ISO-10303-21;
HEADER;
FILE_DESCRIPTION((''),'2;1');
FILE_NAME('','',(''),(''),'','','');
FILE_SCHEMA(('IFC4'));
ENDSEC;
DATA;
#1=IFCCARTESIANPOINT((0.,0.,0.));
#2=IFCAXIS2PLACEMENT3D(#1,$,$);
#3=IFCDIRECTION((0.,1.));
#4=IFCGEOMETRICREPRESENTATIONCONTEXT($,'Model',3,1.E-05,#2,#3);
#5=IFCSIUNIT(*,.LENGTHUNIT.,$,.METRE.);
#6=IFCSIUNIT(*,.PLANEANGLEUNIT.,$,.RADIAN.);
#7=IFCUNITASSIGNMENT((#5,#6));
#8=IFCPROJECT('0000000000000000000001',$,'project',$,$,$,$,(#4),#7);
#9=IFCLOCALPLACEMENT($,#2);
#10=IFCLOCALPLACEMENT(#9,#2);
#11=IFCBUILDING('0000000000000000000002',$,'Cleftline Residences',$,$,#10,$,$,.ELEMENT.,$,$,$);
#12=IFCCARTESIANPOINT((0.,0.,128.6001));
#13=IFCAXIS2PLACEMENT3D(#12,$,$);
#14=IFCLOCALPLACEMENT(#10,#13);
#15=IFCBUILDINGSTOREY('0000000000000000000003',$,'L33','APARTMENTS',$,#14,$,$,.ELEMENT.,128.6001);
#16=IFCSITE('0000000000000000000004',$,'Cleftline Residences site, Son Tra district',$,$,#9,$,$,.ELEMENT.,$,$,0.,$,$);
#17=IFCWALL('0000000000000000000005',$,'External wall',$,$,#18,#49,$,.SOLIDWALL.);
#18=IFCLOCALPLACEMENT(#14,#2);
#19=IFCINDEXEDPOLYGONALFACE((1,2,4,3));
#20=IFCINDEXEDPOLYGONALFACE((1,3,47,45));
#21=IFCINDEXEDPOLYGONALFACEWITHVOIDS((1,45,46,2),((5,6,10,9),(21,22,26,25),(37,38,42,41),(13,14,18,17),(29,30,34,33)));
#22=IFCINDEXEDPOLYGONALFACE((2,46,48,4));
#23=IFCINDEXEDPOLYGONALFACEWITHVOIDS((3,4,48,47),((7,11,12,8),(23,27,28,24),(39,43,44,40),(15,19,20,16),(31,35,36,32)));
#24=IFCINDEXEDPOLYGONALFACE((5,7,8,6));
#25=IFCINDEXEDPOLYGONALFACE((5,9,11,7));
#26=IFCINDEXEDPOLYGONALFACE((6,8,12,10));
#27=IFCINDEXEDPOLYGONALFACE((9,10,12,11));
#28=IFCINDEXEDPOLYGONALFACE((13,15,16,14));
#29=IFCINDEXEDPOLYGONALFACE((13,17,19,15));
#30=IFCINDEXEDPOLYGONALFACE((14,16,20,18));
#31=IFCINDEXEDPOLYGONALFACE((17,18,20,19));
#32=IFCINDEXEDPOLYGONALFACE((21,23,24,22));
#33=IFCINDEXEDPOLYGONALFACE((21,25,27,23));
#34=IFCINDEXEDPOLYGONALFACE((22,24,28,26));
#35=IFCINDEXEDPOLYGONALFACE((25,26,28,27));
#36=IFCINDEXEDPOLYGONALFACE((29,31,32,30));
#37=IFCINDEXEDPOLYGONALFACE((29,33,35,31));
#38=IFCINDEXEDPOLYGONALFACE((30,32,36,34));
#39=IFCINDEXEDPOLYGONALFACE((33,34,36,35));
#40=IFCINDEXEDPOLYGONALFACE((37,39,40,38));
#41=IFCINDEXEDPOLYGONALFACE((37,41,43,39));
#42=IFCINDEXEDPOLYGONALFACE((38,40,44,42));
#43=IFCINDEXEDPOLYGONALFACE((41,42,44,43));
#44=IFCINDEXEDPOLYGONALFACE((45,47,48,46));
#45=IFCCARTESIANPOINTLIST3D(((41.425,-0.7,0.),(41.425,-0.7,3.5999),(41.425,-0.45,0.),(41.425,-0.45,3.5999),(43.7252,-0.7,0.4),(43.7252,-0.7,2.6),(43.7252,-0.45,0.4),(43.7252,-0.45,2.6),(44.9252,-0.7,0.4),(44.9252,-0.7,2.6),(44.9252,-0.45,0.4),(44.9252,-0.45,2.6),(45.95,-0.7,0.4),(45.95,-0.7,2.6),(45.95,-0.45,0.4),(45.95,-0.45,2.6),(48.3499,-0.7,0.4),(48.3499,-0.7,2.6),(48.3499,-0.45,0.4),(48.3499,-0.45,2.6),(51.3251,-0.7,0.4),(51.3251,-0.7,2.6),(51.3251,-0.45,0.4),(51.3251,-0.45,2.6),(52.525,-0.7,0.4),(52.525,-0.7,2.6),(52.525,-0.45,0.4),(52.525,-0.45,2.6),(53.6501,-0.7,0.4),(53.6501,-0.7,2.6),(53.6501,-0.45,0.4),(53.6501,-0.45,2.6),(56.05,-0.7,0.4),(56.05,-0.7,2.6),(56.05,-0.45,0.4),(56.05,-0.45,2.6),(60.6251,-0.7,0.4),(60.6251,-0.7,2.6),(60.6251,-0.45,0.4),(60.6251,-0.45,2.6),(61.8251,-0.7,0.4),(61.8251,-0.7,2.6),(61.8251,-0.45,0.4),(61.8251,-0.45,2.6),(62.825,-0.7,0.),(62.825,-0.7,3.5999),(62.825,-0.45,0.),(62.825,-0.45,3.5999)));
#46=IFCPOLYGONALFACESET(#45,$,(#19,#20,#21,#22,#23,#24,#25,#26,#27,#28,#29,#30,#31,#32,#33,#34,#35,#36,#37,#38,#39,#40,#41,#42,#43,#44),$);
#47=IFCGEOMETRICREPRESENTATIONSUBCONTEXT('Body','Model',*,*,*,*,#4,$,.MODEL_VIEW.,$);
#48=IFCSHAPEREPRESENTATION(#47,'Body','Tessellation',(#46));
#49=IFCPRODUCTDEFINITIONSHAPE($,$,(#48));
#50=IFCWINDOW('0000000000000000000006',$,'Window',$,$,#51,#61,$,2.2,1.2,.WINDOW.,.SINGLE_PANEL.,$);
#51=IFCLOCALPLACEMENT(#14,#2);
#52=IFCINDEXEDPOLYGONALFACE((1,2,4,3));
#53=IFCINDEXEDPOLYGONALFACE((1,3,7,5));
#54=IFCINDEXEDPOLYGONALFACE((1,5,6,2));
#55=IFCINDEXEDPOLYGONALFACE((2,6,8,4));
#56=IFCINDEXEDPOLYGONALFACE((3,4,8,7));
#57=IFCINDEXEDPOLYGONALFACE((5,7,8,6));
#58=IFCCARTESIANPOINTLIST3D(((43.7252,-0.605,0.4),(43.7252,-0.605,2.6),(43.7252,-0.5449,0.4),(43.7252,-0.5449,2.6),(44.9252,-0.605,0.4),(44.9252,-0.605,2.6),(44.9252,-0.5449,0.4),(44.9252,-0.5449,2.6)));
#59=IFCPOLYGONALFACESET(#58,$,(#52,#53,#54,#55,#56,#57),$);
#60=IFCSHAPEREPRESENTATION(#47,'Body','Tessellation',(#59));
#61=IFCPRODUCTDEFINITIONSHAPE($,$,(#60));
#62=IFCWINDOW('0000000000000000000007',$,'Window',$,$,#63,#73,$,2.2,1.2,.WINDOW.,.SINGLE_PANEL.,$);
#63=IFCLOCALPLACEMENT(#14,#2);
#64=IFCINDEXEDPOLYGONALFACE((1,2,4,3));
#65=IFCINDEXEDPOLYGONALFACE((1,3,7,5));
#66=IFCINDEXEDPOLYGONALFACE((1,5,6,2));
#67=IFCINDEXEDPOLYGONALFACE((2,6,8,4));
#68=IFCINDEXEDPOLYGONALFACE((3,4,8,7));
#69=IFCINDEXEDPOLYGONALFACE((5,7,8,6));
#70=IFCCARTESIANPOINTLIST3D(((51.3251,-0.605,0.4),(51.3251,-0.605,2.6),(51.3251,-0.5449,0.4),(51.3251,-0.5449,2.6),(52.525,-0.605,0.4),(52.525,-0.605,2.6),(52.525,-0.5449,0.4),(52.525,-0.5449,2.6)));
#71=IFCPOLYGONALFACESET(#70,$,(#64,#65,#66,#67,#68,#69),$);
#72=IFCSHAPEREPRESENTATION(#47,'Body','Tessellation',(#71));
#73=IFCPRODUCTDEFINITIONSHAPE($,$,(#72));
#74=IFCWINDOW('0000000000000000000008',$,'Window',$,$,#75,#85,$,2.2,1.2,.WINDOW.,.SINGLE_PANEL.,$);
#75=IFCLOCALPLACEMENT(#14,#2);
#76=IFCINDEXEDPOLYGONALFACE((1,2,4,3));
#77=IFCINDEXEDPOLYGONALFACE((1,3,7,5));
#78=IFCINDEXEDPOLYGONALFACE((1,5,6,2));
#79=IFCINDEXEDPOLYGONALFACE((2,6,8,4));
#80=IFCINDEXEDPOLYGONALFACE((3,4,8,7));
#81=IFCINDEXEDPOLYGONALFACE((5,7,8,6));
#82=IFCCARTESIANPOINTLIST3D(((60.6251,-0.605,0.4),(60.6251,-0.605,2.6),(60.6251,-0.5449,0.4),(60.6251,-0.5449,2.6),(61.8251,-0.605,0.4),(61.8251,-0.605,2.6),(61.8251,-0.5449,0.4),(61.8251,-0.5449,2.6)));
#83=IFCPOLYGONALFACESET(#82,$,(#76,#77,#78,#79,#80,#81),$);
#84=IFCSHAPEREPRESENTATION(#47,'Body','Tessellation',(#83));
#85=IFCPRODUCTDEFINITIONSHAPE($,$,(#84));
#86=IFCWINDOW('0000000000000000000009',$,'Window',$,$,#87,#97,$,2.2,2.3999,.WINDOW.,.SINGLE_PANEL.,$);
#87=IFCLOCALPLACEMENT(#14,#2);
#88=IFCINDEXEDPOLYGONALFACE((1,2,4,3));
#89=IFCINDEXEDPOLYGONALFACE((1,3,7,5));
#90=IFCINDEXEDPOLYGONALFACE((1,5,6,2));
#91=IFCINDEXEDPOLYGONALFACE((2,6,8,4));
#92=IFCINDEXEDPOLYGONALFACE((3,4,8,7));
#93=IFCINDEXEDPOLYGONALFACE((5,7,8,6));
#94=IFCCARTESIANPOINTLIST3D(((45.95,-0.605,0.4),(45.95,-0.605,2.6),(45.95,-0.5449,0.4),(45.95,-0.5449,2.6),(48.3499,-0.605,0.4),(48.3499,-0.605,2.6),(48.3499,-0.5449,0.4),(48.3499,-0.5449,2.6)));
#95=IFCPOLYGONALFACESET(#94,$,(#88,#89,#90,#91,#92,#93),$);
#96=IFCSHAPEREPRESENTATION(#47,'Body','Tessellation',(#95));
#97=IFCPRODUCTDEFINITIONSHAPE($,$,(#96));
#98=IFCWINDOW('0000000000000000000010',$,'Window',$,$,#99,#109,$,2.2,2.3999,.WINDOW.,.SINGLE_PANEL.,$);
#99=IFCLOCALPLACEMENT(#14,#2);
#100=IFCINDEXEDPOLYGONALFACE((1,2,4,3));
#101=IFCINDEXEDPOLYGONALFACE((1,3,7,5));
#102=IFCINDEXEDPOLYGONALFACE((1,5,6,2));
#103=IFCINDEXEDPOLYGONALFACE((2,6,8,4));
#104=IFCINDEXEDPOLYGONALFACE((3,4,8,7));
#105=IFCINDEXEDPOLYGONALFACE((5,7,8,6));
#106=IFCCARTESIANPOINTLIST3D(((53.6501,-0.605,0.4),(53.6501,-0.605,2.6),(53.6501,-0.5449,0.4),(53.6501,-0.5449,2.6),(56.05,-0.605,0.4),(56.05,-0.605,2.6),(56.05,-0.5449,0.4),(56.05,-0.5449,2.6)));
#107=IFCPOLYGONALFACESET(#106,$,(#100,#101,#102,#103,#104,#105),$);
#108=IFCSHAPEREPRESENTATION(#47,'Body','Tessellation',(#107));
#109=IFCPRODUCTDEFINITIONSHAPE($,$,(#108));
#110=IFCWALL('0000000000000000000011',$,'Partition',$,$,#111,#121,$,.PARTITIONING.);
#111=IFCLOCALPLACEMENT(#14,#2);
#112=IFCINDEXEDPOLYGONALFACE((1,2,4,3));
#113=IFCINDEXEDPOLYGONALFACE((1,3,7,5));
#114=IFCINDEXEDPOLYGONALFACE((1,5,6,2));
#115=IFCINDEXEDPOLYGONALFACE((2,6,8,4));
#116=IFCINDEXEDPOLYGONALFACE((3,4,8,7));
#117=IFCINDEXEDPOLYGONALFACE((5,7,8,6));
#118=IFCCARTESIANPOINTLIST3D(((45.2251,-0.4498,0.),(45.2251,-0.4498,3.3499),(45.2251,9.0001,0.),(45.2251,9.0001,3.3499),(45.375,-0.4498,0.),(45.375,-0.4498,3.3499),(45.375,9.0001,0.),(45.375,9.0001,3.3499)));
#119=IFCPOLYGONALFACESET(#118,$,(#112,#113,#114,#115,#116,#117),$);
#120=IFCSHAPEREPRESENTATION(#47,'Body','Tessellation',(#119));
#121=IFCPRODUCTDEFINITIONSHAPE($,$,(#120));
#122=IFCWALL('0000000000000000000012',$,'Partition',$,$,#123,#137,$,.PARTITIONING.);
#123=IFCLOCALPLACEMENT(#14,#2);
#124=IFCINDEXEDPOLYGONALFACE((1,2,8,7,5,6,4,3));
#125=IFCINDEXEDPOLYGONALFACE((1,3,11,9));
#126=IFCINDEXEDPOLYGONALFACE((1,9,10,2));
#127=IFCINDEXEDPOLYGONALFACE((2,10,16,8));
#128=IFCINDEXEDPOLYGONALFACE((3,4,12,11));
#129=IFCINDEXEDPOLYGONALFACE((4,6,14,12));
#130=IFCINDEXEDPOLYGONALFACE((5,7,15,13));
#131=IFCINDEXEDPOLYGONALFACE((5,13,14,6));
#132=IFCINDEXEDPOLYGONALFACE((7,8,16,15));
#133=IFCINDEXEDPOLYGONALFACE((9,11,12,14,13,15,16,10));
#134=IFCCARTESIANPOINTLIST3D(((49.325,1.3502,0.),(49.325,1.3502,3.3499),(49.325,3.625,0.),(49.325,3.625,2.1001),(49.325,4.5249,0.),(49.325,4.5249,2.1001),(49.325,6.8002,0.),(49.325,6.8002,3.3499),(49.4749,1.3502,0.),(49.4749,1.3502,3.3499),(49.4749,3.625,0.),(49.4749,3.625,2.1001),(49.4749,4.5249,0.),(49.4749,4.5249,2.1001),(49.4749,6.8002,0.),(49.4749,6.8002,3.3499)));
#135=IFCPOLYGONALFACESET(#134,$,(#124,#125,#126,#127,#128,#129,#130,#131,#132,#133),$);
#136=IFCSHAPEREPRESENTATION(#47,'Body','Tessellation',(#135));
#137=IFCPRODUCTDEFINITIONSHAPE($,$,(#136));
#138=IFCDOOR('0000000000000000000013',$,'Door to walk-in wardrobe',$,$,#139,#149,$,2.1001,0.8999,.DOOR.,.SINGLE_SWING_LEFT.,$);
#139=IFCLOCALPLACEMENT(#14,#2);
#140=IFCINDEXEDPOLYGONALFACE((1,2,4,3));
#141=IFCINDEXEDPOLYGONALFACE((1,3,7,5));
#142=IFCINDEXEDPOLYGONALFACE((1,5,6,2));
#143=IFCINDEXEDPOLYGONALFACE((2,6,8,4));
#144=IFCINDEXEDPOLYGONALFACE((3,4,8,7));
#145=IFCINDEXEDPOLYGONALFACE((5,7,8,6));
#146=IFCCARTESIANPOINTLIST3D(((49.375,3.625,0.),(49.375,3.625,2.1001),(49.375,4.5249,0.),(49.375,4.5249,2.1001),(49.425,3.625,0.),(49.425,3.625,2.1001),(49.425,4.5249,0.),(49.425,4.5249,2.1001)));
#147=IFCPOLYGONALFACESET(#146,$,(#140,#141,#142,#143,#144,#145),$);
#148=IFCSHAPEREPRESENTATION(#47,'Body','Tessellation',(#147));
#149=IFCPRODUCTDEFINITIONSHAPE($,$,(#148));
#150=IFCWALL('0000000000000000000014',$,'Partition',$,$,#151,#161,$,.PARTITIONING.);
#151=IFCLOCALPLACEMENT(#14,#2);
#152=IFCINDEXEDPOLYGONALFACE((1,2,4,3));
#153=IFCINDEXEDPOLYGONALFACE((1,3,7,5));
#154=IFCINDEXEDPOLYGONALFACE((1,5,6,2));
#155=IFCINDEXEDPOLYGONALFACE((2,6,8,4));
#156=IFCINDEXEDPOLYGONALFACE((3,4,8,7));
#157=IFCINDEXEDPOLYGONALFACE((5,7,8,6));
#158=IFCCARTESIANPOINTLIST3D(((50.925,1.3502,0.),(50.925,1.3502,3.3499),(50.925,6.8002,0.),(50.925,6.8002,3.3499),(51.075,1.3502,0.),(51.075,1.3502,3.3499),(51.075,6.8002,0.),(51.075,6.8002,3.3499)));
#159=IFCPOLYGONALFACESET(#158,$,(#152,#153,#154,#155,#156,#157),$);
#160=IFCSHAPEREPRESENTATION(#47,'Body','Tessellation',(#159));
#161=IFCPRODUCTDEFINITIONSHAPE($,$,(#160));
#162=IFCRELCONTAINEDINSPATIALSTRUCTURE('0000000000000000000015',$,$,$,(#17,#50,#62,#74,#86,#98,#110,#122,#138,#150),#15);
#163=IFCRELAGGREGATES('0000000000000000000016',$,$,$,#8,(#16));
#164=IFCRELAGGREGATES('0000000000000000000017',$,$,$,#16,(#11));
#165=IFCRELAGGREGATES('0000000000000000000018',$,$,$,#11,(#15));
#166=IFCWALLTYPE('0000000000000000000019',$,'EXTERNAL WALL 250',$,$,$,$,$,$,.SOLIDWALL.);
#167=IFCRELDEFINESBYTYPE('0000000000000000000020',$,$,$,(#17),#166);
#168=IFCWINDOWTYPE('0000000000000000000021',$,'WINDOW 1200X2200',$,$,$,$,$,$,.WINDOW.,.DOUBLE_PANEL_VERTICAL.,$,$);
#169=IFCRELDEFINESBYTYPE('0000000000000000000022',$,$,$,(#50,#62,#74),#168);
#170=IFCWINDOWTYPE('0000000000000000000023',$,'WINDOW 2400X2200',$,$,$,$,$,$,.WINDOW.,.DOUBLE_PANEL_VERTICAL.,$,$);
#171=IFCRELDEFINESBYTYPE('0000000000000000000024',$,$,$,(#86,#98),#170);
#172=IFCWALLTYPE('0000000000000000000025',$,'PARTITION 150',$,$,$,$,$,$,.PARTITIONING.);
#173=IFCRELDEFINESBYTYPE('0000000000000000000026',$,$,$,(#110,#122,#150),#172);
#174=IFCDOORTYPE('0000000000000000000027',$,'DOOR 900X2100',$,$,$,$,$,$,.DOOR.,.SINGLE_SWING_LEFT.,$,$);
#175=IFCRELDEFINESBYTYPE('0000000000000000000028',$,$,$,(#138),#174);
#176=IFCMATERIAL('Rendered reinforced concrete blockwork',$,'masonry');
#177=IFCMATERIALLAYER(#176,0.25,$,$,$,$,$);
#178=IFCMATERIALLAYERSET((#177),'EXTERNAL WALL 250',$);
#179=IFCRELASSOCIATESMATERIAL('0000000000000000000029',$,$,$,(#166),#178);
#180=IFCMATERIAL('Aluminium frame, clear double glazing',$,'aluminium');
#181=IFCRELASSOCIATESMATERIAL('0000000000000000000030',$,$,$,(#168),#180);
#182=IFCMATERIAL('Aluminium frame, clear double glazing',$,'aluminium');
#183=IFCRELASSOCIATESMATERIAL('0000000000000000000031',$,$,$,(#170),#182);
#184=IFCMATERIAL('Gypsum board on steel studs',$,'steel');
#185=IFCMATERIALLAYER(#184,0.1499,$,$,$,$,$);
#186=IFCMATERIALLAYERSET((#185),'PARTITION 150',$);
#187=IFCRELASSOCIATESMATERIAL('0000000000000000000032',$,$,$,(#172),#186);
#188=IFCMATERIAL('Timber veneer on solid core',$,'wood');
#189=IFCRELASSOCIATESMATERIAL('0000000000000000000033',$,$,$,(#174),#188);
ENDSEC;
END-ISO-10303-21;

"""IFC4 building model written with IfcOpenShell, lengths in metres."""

from ifc_helpers import new_model, si_unit, direction, frame, frame_2d, origin, place, context, subcontext, project, spatial, rectangle, extrude, material, layer, layer_set, type_object, element, fill, save


model = new_model("IFC4")

# Units and contexts
model_context = context("Model", 3, precision=1e-05, world=origin(), true_north=direction((0.0, 1.0)))
body_context = subcontext(model_context, "Body", "Model", "MODEL_VIEW")
ifc_project = project(units=[si_unit("LENGTHUNIT", "METRE"), si_unit("PLANEANGLEUNIT", "RADIAN")], contexts=[model_context])

# Site, building, storey
site_placement = place(None, origin())
site = spatial("IfcSite", under=ifc_project, at=site_placement, Name="Cleftline Residences site, Son Tra district", CompositionType="ELEMENT", RefElevation=0.0)
building_placement = place(site_placement, origin())
building = spatial("IfcBuilding", under=site, at=building_placement, Name="Cleftline Residences", CompositionType="ELEMENT")
storey_placement = place(building_placement, frame((0.0, 0.0, 128.6001)))
storey = spatial("IfcBuildingStorey", under=building, at=storey_placement, Name="L33", Description="APARTMENTS", CompositionType="ELEMENT", Elevation=128.6001)

# Wall, openings, windows
ifc_material_1 = material(Name="Rendered reinforced concrete blockwork", Category="masonry")
ifc_layer_1 = layer(ifc_material_1, 0.25)
ifc_layer_set_1 = layer_set([ifc_layer_1], Name="EXTERNAL WALL 250")
wall_type_1 = type_object("IfcWallType", Name="EXTERNAL WALL 250", PredefinedType="SOLIDWALL", material=ifc_layer_set_1)
wall_1_placement = place(storey_placement, frame((41.425, -0.575, 0.0), z_axis=(0.0, 0.0, 1.0), x_axis=(1.0, 0.0, 0.0)))
wall_1 = element("IfcWall", 1, at=wall_1_placement, inside=storey, type_object=wall_type_1, Name="External wall", PredefinedType="SOLIDWALL", context=body_context, shape_type="SweptSolid", body=[
    extrude(rectangle(XDim=21.3999, YDim=0.25, at=frame_2d((10.7, 0.0))), origin(), (0.0, 0.0, 1.0), 3.5999),
])
opening_1_placement = place(wall_1_placement, frame((2.3, 0.0, 0.3999)))
opening_1 = element("IfcOpeningElement", 2, at=opening_1_placement, cuts=wall_1, PredefinedType="OPENING", context=body_context, shape_type="SweptSolid", body=[
    extrude(rectangle(XDim=1.2, YDim=2.2, at=frame_2d((0.6001, 1.1001))), frame((0.0, 0.135, 0.0), z_axis=(0.0, -1.0, 0.0), x_axis=(1.0, 0.0, 0.0)), (0.0, 0.0, 1.0), 0.27),
])
opening_2_placement = place(wall_1_placement, frame((4.5249, 0.0, 0.3999)))
opening_2 = element("IfcOpeningElement", 3, at=opening_2_placement, cuts=wall_1, PredefinedType="OPENING", context=body_context, shape_type="SweptSolid", body=[
    extrude(rectangle(XDim=2.3999, YDim=2.2, at=frame_2d((1.2, 1.1001))), frame((0.0, 0.135, 0.0), z_axis=(0.0, -1.0, 0.0), x_axis=(1.0, 0.0, 0.0)), (0.0, 0.0, 1.0), 0.27),
])
opening_3_placement = place(wall_1_placement, frame((9.8999, 0.0, 0.3999)))
opening_3 = element("IfcOpeningElement", 4, at=opening_3_placement, cuts=wall_1, PredefinedType="OPENING", context=body_context, shape_type="SweptSolid", body=[
    extrude(rectangle(XDim=1.2, YDim=2.2, at=frame_2d((0.6001, 1.1001))), frame((0.0, 0.135, 0.0), z_axis=(0.0, -1.0, 0.0), x_axis=(1.0, 0.0, 0.0)), (0.0, 0.0, 1.0), 0.27),
])
opening_4_placement = place(wall_1_placement, frame((12.2251, 0.0, 0.3999)))
opening_4 = element("IfcOpeningElement", 5, at=opening_4_placement, cuts=wall_1, PredefinedType="OPENING", context=body_context, shape_type="SweptSolid", body=[
    extrude(rectangle(XDim=2.3999, YDim=2.2, at=frame_2d((1.2, 1.1001))), frame((0.0, 0.135, 0.0), z_axis=(0.0, -1.0, 0.0), x_axis=(1.0, 0.0, 0.0)), (0.0, 0.0, 1.0), 0.27),
])
opening_5_placement = place(wall_1_placement, frame((19.2, 0.0, 0.3999)))
opening_5 = element("IfcOpeningElement", 6, at=opening_5_placement, cuts=wall_1, PredefinedType="OPENING", context=body_context, shape_type="SweptSolid", body=[
    extrude(rectangle(XDim=1.2, YDim=2.2, at=frame_2d((0.6001, 1.1001))), frame((0.0, 0.135, 0.0), z_axis=(0.0, -1.0, 0.0), x_axis=(1.0, 0.0, 0.0)), (0.0, 0.0, 1.0), 0.27),
])
ifc_material_2 = material(Name="Aluminium frame, clear double glazing", Category="aluminium")
window_type_1 = type_object("IfcWindowType", Name="WINDOW 1200X2200", PartitioningType="DOUBLE_PANEL_VERTICAL", PredefinedType="WINDOW", material=ifc_material_2)
window_1_placement = place(opening_1_placement, origin())
window_1 = element("IfcWindow", 7, at=window_1_placement, inside=storey, type_object=window_type_1, Name="Window", OverallHeight=2.2, OverallWidth=1.2, PartitioningType="SINGLE_PANEL", PredefinedType="WINDOW", context=body_context, shape_type="SweptSolid", body=[
    extrude(rectangle(XDim=1.2, YDim=2.2, at=frame_2d((0.6001, 1.1001))), frame((0.0, 0.03, 0.0), z_axis=(0.0, -1.0, 0.0), x_axis=(1.0, 0.0, 0.0)), (0.0, 0.0, 1.0), 0.0601),
])
fill(opening_1, window_1)
window_2_placement = place(opening_3_placement, origin())
window_2 = element("IfcWindow", 8, at=window_2_placement, inside=storey, type_object=window_type_1, Name="Window", OverallHeight=2.2, OverallWidth=1.2, PartitioningType="SINGLE_PANEL", PredefinedType="WINDOW", context=body_context, shape_type="SweptSolid", body=[
    extrude(rectangle(XDim=1.2, YDim=2.2, at=frame_2d((0.6001, 1.1001))), frame((0.0, 0.03, 0.0), z_axis=(0.0, -1.0, 0.0), x_axis=(1.0, 0.0, 0.0)), (0.0, 0.0, 1.0), 0.0601),
])
fill(opening_3, window_2)
window_3_placement = place(opening_5_placement, origin())
window_3 = element("IfcWindow", 9, at=window_3_placement, inside=storey, type_object=window_type_1, Name="Window", OverallHeight=2.2, OverallWidth=1.2, PartitioningType="SINGLE_PANEL", PredefinedType="WINDOW", context=body_context, shape_type="SweptSolid", body=[
    extrude(rectangle(XDim=1.2, YDim=2.2, at=frame_2d((0.6001, 1.1001))), frame((0.0, 0.03, 0.0), z_axis=(0.0, -1.0, 0.0), x_axis=(1.0, 0.0, 0.0)), (0.0, 0.0, 1.0), 0.0601),
])
fill(opening_5, window_3)
ifc_material_3 = material(Name="Aluminium frame, clear double glazing", Category="aluminium")
window_type_2 = type_object("IfcWindowType", Name="WINDOW 2400X2200", PartitioningType="DOUBLE_PANEL_VERTICAL", PredefinedType="WINDOW", material=ifc_material_3)
window_4_placement = place(opening_2_placement, origin())
window_4 = element("IfcWindow", 10, at=window_4_placement, inside=storey, type_object=window_type_2, Name="Window", OverallHeight=2.2, OverallWidth=2.3999, PartitioningType="SINGLE_PANEL", PredefinedType="WINDOW", context=body_context, shape_type="SweptSolid", body=[
    extrude(rectangle(XDim=2.3999, YDim=2.2, at=frame_2d((1.2, 1.1001))), frame((0.0, 0.03, 0.0), z_axis=(0.0, -1.0, 0.0), x_axis=(1.0, 0.0, 0.0)), (0.0, 0.0, 1.0), 0.0601),
])
fill(opening_2, window_4)
window_5_placement = place(opening_4_placement, origin())
window_5 = element("IfcWindow", 11, at=window_5_placement, inside=storey, type_object=window_type_2, Name="Window", OverallHeight=2.2, OverallWidth=2.3999, PartitioningType="SINGLE_PANEL", PredefinedType="WINDOW", context=body_context, shape_type="SweptSolid", body=[
    extrude(rectangle(XDim=2.3999, YDim=2.2, at=frame_2d((1.2, 1.1001))), frame((0.0, 0.03, 0.0), z_axis=(0.0, -1.0, 0.0), x_axis=(1.0, 0.0, 0.0)), (0.0, 0.0, 1.0), 0.0601),
])
fill(opening_4, window_5)

# Wall
ifc_material_4 = material(Name="Gypsum board on steel studs", Category="steel")
ifc_layer_2 = layer(ifc_material_4, 0.1499)
ifc_layer_set_2 = layer_set([ifc_layer_2], Name="PARTITION 150")
wall_type_2 = type_object("IfcWallType", Name="PARTITION 150", PredefinedType="PARTITIONING", material=ifc_layer_set_2)
wall_2_placement = place(storey_placement, frame((45.3, -0.45, 0.0), z_axis=(0.0, 0.0, 1.0), x_axis=(0.0, 1.0, 0.0)))
element("IfcWall", 12, at=wall_2_placement, inside=storey, type_object=wall_type_2, Name="Partition", PredefinedType="PARTITIONING", context=body_context, shape_type="SweptSolid", body=[
    extrude(rectangle(XDim=9.45, YDim=0.1499, at=frame_2d((4.7251, 0.0))), origin(), (0.0, 0.0, 1.0), 3.3499),
])

# Wall, opening, door
wall_3_placement = place(storey_placement, frame((49.3999, 1.3501, 0.0), z_axis=(0.0, 0.0, 1.0), x_axis=(0.0, 1.0, 0.0)))
wall_3 = element("IfcWall", 13, at=wall_3_placement, inside=storey, type_object=wall_type_2, Name="Partition", PredefinedType="PARTITIONING", context=body_context, shape_type="SweptSolid", body=[
    extrude(rectangle(XDim=5.45, YDim=0.1499, at=frame_2d((2.7251, 0.0))), origin(), (0.0, 0.0, 1.0), 3.3499),
])
opening_6_placement = place(wall_3_placement, frame((2.2749, 0.0, 0.0)))
opening_6 = element("IfcOpeningElement", 14, at=opening_6_placement, cuts=wall_3, PredefinedType="OPENING", context=body_context, shape_type="SweptSolid", body=[
    extrude(rectangle(XDim=0.8999, YDim=2.1001, at=frame_2d((0.45, 1.05))), frame((0.0, 0.085, 0.0), z_axis=(0.0, -1.0, 0.0), x_axis=(1.0, 0.0, 0.0)), (0.0, 0.0, 1.0), 0.1699),
])
ifc_material_5 = material(Name="Timber veneer on solid core", Category="wood")
door_type = type_object("IfcDoorType", Name="DOOR 900X2100", OperationType="SINGLE_SWING_LEFT", PredefinedType="DOOR", material=ifc_material_5)
door_placement = place(opening_6_placement, origin())
door = element("IfcDoor", 15, at=door_placement, inside=storey, type_object=door_type, Name="Door to walk-in wardrobe", OperationType="SINGLE_SWING_LEFT", OverallHeight=2.1001, OverallWidth=0.8999, PredefinedType="DOOR", context=body_context, shape_type="SweptSolid", body=[
    extrude(rectangle(XDim=0.8999, YDim=2.1001, at=frame_2d((0.45, 1.05))), frame((0.0, 0.0249, 0.0), z_axis=(0.0, -1.0, 0.0), x_axis=(1.0, 0.0, 0.0)), (0.0, 0.0, 1.0), 0.05),
])
fill(opening_6, door)

# Wall
wall_4_placement = place(storey_placement, frame((51.0, 1.3501, 0.0), z_axis=(0.0, 0.0, 1.0), x_axis=(0.0, 1.0, 0.0)))
element("IfcWall", 16, at=wall_4_placement, inside=storey, type_object=wall_type_2, Name="Partition", PredefinedType="PARTITIONING", context=body_context, shape_type="SweptSolid", body=[
    extrude(rectangle(XDim=5.45, YDim=0.1499, at=frame_2d((2.7251, 0.0))), origin(), (0.0, 0.0, 1.0), 3.3499),
])

save(model, "model.ifc")
